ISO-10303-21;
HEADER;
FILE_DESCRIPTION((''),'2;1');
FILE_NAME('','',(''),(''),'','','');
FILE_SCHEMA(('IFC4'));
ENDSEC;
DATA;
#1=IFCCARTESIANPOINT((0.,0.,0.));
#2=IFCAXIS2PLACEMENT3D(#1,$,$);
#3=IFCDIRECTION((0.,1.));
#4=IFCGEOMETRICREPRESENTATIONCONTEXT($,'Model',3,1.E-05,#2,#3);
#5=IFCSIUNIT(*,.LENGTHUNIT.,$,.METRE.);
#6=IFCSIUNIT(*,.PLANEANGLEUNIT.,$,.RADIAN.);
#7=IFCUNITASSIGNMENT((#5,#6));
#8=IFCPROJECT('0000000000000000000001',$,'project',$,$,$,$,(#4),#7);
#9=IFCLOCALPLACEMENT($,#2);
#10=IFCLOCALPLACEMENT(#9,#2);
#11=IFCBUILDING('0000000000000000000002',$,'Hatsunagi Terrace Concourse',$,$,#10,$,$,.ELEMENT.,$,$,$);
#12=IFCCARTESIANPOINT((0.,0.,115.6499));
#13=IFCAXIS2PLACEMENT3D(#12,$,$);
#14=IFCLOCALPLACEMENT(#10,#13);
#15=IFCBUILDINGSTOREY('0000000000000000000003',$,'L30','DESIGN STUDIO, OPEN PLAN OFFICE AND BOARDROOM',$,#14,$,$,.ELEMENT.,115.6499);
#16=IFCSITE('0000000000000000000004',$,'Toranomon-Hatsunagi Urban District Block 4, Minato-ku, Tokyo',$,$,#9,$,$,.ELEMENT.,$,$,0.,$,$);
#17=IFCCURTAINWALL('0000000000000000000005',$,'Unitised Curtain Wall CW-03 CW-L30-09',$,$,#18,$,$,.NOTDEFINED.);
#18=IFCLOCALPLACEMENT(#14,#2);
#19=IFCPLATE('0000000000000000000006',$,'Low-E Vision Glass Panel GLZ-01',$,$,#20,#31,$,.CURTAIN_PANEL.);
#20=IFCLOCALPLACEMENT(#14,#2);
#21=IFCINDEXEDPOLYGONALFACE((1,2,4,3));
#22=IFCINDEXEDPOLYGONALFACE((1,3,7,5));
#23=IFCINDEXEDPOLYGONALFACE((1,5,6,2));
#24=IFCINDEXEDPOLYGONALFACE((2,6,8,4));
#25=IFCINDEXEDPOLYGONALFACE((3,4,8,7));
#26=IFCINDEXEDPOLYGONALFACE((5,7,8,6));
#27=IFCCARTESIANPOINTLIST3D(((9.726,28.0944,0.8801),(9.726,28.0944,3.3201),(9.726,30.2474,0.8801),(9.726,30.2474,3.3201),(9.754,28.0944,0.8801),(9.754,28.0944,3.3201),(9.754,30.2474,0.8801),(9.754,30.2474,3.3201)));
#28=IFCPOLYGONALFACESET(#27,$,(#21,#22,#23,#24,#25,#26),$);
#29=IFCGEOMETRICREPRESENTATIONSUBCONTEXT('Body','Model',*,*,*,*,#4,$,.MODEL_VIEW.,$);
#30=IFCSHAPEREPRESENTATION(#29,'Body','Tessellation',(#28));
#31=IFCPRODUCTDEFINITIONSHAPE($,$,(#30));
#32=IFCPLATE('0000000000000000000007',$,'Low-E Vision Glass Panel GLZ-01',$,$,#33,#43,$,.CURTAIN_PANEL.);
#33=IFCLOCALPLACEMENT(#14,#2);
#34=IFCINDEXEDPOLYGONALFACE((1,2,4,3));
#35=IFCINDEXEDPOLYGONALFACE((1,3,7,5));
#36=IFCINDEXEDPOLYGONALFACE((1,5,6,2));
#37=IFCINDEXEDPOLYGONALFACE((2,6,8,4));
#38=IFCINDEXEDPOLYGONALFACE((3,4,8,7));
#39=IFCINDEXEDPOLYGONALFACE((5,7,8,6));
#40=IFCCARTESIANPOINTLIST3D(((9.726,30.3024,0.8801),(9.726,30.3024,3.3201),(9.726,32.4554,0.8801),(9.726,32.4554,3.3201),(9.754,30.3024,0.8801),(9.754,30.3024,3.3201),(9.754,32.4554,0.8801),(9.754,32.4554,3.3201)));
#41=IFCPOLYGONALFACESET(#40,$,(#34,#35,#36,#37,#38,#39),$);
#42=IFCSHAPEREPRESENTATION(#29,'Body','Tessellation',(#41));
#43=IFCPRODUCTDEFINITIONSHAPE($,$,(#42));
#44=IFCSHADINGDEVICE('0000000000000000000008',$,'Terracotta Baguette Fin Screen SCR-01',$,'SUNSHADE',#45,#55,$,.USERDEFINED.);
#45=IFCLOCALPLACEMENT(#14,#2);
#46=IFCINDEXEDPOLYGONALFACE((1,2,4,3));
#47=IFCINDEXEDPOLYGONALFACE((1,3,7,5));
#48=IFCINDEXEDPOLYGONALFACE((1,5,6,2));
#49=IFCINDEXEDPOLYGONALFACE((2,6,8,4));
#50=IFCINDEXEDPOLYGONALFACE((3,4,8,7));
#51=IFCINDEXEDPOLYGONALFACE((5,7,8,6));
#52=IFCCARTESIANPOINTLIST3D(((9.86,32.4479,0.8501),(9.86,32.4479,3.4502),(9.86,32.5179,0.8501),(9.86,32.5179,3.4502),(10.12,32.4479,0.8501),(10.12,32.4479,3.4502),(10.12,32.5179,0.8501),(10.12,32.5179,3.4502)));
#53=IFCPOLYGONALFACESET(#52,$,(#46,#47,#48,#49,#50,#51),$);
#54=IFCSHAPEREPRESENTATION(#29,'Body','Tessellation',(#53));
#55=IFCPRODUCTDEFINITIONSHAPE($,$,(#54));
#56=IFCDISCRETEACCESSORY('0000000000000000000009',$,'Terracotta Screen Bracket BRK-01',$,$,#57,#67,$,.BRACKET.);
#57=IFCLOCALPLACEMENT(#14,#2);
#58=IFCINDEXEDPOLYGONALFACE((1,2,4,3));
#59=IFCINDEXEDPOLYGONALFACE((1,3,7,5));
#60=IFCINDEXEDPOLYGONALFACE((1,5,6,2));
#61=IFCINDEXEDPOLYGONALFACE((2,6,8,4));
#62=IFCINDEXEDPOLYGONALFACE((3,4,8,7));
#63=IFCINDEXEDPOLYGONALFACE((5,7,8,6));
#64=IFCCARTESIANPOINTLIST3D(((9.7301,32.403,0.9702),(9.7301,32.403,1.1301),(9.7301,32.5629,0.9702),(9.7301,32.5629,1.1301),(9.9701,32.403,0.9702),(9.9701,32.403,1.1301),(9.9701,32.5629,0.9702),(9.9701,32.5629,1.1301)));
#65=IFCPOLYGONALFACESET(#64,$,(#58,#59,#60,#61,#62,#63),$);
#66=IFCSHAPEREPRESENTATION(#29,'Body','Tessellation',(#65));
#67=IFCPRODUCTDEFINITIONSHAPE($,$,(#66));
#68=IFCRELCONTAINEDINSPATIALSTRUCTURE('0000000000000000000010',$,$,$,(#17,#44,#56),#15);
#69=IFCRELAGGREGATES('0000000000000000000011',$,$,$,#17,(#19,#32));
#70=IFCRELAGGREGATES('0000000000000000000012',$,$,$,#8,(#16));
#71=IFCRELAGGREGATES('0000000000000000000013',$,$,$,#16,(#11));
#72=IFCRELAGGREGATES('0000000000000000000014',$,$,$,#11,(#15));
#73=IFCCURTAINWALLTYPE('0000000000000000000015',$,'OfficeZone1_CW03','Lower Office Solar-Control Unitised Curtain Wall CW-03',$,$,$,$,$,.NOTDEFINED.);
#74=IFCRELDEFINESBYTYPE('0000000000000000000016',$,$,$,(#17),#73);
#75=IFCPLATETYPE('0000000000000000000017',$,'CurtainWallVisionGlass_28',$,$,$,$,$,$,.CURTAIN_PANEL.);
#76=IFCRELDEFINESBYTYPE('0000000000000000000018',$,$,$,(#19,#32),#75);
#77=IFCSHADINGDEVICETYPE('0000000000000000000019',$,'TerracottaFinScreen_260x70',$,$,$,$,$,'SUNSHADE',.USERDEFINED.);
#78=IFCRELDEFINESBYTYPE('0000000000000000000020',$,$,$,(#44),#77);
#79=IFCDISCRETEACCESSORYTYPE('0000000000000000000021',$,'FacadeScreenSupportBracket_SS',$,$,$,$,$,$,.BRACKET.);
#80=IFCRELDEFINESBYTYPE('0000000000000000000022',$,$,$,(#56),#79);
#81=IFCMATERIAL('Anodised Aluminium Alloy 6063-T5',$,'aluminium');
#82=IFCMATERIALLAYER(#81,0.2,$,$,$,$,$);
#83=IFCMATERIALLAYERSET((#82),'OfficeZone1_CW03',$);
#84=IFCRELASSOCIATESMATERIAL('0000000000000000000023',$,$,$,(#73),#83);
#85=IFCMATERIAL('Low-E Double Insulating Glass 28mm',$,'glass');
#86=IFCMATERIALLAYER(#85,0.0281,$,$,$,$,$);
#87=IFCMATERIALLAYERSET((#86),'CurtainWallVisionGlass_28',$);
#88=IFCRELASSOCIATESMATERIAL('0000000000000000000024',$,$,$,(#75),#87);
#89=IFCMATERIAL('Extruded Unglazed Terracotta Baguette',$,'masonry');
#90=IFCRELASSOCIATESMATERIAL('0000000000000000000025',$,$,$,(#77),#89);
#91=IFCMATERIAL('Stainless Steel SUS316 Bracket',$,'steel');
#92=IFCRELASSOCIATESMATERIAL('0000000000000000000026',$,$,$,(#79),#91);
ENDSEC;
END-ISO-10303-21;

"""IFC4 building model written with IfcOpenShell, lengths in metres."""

from ifc_helpers import new_model, si_unit, direction, frame, origin, origin_2d, place, context, subcontext, project, spatial, rectangle, extrude, material, layer, layer_set, type_object, element, aggregate, save


model = new_model("IFC4")

# Units and contexts
model_context = context("Model", 3, precision=1e-05, world=origin(), true_north=direction((0.0, 1.0)))
body_context = subcontext(model_context, "Body", "Model", "MODEL_VIEW")
ifc_project = project(units=[si_unit("LENGTHUNIT", "METRE"), si_unit("PLANEANGLEUNIT", "RADIAN")], contexts=[model_context])

# Site, building, storey
site_placement = place(None, origin())
site = spatial("IfcSite", under=ifc_project, at=site_placement, Name="Toranomon-Hatsunagi Urban District Block 4, Minato-ku, Tokyo", CompositionType="ELEMENT", RefElevation=0.0)
building_placement = place(site_placement, origin())
building = spatial("IfcBuilding", under=site, at=building_placement, Name="Hatsunagi Terrace Concourse", CompositionType="ELEMENT")
storey_placement = place(building_placement, frame((0.0, 0.0, 115.6499)))
storey = spatial("IfcBuildingStorey", under=building, at=storey_placement, Name="L30", Description="DESIGN STUDIO, OPEN PLAN OFFICE AND BOARDROOM", CompositionType="ELEMENT", Elevation=115.6499)

# Curtain wall
ifc_material_1 = material(Name="Anodised Aluminium Alloy 6063-T5", Category="aluminium")
ifc_layer_1 = layer(ifc_material_1, 0.2)
ifc_layer_set_1 = layer_set([ifc_layer_1], Name="OfficeZone1_CW03")
curtain_wall_type = type_object("IfcCurtainWallType", Name="OfficeZone1_CW03", Description="Lower Office Solar-Control Unitised Curtain Wall CW-03", PredefinedType="NOTDEFINED", material=ifc_layer_set_1)
curtain_wall_placement = place(storey_placement, origin())
curtain_wall = element("IfcCurtainWall", 1, at=curtain_wall_placement, inside=storey, type_object=curtain_wall_type, Name="Unitised Curtain Wall CW-03 CW-L30-09", PredefinedType="NOTDEFINED")

# Plates
ifc_material_2 = material(Name="Low-E Double Insulating Glass 28mm", Category="glass")
ifc_layer_2 = layer(ifc_material_2, 0.0281)
ifc_layer_set_2 = layer_set([ifc_layer_2], Name="CurtainWallVisionGlass_28")
plate_type_1 = type_object("IfcPlateType", Name="CurtainWallVisionGlass_28", PredefinedType="CURTAIN_PANEL", material=ifc_layer_set_2)
plate_1_placement = place(storey_placement, frame((9.74, 29.1709, 0.8801), z_axis=(0.0, 0.0, 1.0), x_axis=(0.0, 1.0, 0.0)))
plate_1 = element("IfcPlate", 2, at=plate_1_placement, type_object=plate_type_1, Name="Low-E Vision Glass Panel GLZ-01", PredefinedType="CURTAIN_PANEL", context=body_context, shape_type="SweptSolid", body=[
    extrude(rectangle(XDim=2.1531, YDim=0.0281, at=origin_2d()), origin(), (0.0, 0.0, 1.0), 2.4399),
])
plate_2_placement = place(storey_placement, frame((9.74, 31.3789, 0.8801), z_axis=(0.0, 0.0, 1.0), x_axis=(0.0, 1.0, 0.0)))
plate_2 = element("IfcPlate", 3, at=plate_2_placement, type_object=plate_type_1, Name="Low-E Vision Glass Panel GLZ-01", PredefinedType="CURTAIN_PANEL", context=body_context, shape_type="SweptSolid", body=[
    extrude(rectangle(XDim=2.1531, YDim=0.0281, at=origin_2d()), origin(), (0.0, 0.0, 1.0), 2.4399),
])
aggregate(curtain_wall, [plate_1, plate_2])

# Shading device
ifc_material_3 = material(Name="Extruded Unglazed Terracotta Baguette", Category="masonry")
shading_device_type = type_object("IfcShadingDeviceType", Name="TerracottaFinScreen_260x70", ElementType="SUNSHADE", PredefinedType="USERDEFINED", material=ifc_material_3)
shading_device_placement = place(storey_placement, frame((9.99, 32.4829, 0.8501), z_axis=(0.0, 0.0, 1.0), x_axis=(0.0, 1.0, 0.0)))
element("IfcShadingDevice", 4, at=shading_device_placement, inside=storey, type_object=shading_device_type, Name="Terracotta Baguette Fin Screen SCR-01", ObjectType="SUNSHADE", PredefinedType="USERDEFINED", context=body_context, shape_type="SweptSolid", body=[
    extrude(rectangle(XDim=0.0701, YDim=0.26, at=origin_2d()), origin(), (0.0, 0.0, 1.0), 2.6001),
])

# Discrete accessory
ifc_material_4 = material(Name="Stainless Steel SUS316 Bracket", Category="steel")
discrete_accessory_type = type_object("IfcDiscreteAccessoryType", Name="FacadeScreenSupportBracket_SS", PredefinedType="BRACKET", material=ifc_material_4)
discrete_accessory_placement = place(storey_placement, frame((9.8501, 32.4829, 0.9702), z_axis=(0.0, 0.0, 1.0), x_axis=(0.0, 1.0, 0.0)))
element("IfcDiscreteAccessory", 5, at=discrete_accessory_placement, inside=storey, type_object=discrete_accessory_type, Name="Terracotta Screen Bracket BRK-01", PredefinedType="BRACKET", context=body_context, shape_type="SweptSolid", body=[
    extrude(rectangle(XDim=0.1599, YDim=0.24, at=origin_2d()), origin(), (0.0, 0.0, 1.0), 0.1599),
])

save(model, "model.ifc")
